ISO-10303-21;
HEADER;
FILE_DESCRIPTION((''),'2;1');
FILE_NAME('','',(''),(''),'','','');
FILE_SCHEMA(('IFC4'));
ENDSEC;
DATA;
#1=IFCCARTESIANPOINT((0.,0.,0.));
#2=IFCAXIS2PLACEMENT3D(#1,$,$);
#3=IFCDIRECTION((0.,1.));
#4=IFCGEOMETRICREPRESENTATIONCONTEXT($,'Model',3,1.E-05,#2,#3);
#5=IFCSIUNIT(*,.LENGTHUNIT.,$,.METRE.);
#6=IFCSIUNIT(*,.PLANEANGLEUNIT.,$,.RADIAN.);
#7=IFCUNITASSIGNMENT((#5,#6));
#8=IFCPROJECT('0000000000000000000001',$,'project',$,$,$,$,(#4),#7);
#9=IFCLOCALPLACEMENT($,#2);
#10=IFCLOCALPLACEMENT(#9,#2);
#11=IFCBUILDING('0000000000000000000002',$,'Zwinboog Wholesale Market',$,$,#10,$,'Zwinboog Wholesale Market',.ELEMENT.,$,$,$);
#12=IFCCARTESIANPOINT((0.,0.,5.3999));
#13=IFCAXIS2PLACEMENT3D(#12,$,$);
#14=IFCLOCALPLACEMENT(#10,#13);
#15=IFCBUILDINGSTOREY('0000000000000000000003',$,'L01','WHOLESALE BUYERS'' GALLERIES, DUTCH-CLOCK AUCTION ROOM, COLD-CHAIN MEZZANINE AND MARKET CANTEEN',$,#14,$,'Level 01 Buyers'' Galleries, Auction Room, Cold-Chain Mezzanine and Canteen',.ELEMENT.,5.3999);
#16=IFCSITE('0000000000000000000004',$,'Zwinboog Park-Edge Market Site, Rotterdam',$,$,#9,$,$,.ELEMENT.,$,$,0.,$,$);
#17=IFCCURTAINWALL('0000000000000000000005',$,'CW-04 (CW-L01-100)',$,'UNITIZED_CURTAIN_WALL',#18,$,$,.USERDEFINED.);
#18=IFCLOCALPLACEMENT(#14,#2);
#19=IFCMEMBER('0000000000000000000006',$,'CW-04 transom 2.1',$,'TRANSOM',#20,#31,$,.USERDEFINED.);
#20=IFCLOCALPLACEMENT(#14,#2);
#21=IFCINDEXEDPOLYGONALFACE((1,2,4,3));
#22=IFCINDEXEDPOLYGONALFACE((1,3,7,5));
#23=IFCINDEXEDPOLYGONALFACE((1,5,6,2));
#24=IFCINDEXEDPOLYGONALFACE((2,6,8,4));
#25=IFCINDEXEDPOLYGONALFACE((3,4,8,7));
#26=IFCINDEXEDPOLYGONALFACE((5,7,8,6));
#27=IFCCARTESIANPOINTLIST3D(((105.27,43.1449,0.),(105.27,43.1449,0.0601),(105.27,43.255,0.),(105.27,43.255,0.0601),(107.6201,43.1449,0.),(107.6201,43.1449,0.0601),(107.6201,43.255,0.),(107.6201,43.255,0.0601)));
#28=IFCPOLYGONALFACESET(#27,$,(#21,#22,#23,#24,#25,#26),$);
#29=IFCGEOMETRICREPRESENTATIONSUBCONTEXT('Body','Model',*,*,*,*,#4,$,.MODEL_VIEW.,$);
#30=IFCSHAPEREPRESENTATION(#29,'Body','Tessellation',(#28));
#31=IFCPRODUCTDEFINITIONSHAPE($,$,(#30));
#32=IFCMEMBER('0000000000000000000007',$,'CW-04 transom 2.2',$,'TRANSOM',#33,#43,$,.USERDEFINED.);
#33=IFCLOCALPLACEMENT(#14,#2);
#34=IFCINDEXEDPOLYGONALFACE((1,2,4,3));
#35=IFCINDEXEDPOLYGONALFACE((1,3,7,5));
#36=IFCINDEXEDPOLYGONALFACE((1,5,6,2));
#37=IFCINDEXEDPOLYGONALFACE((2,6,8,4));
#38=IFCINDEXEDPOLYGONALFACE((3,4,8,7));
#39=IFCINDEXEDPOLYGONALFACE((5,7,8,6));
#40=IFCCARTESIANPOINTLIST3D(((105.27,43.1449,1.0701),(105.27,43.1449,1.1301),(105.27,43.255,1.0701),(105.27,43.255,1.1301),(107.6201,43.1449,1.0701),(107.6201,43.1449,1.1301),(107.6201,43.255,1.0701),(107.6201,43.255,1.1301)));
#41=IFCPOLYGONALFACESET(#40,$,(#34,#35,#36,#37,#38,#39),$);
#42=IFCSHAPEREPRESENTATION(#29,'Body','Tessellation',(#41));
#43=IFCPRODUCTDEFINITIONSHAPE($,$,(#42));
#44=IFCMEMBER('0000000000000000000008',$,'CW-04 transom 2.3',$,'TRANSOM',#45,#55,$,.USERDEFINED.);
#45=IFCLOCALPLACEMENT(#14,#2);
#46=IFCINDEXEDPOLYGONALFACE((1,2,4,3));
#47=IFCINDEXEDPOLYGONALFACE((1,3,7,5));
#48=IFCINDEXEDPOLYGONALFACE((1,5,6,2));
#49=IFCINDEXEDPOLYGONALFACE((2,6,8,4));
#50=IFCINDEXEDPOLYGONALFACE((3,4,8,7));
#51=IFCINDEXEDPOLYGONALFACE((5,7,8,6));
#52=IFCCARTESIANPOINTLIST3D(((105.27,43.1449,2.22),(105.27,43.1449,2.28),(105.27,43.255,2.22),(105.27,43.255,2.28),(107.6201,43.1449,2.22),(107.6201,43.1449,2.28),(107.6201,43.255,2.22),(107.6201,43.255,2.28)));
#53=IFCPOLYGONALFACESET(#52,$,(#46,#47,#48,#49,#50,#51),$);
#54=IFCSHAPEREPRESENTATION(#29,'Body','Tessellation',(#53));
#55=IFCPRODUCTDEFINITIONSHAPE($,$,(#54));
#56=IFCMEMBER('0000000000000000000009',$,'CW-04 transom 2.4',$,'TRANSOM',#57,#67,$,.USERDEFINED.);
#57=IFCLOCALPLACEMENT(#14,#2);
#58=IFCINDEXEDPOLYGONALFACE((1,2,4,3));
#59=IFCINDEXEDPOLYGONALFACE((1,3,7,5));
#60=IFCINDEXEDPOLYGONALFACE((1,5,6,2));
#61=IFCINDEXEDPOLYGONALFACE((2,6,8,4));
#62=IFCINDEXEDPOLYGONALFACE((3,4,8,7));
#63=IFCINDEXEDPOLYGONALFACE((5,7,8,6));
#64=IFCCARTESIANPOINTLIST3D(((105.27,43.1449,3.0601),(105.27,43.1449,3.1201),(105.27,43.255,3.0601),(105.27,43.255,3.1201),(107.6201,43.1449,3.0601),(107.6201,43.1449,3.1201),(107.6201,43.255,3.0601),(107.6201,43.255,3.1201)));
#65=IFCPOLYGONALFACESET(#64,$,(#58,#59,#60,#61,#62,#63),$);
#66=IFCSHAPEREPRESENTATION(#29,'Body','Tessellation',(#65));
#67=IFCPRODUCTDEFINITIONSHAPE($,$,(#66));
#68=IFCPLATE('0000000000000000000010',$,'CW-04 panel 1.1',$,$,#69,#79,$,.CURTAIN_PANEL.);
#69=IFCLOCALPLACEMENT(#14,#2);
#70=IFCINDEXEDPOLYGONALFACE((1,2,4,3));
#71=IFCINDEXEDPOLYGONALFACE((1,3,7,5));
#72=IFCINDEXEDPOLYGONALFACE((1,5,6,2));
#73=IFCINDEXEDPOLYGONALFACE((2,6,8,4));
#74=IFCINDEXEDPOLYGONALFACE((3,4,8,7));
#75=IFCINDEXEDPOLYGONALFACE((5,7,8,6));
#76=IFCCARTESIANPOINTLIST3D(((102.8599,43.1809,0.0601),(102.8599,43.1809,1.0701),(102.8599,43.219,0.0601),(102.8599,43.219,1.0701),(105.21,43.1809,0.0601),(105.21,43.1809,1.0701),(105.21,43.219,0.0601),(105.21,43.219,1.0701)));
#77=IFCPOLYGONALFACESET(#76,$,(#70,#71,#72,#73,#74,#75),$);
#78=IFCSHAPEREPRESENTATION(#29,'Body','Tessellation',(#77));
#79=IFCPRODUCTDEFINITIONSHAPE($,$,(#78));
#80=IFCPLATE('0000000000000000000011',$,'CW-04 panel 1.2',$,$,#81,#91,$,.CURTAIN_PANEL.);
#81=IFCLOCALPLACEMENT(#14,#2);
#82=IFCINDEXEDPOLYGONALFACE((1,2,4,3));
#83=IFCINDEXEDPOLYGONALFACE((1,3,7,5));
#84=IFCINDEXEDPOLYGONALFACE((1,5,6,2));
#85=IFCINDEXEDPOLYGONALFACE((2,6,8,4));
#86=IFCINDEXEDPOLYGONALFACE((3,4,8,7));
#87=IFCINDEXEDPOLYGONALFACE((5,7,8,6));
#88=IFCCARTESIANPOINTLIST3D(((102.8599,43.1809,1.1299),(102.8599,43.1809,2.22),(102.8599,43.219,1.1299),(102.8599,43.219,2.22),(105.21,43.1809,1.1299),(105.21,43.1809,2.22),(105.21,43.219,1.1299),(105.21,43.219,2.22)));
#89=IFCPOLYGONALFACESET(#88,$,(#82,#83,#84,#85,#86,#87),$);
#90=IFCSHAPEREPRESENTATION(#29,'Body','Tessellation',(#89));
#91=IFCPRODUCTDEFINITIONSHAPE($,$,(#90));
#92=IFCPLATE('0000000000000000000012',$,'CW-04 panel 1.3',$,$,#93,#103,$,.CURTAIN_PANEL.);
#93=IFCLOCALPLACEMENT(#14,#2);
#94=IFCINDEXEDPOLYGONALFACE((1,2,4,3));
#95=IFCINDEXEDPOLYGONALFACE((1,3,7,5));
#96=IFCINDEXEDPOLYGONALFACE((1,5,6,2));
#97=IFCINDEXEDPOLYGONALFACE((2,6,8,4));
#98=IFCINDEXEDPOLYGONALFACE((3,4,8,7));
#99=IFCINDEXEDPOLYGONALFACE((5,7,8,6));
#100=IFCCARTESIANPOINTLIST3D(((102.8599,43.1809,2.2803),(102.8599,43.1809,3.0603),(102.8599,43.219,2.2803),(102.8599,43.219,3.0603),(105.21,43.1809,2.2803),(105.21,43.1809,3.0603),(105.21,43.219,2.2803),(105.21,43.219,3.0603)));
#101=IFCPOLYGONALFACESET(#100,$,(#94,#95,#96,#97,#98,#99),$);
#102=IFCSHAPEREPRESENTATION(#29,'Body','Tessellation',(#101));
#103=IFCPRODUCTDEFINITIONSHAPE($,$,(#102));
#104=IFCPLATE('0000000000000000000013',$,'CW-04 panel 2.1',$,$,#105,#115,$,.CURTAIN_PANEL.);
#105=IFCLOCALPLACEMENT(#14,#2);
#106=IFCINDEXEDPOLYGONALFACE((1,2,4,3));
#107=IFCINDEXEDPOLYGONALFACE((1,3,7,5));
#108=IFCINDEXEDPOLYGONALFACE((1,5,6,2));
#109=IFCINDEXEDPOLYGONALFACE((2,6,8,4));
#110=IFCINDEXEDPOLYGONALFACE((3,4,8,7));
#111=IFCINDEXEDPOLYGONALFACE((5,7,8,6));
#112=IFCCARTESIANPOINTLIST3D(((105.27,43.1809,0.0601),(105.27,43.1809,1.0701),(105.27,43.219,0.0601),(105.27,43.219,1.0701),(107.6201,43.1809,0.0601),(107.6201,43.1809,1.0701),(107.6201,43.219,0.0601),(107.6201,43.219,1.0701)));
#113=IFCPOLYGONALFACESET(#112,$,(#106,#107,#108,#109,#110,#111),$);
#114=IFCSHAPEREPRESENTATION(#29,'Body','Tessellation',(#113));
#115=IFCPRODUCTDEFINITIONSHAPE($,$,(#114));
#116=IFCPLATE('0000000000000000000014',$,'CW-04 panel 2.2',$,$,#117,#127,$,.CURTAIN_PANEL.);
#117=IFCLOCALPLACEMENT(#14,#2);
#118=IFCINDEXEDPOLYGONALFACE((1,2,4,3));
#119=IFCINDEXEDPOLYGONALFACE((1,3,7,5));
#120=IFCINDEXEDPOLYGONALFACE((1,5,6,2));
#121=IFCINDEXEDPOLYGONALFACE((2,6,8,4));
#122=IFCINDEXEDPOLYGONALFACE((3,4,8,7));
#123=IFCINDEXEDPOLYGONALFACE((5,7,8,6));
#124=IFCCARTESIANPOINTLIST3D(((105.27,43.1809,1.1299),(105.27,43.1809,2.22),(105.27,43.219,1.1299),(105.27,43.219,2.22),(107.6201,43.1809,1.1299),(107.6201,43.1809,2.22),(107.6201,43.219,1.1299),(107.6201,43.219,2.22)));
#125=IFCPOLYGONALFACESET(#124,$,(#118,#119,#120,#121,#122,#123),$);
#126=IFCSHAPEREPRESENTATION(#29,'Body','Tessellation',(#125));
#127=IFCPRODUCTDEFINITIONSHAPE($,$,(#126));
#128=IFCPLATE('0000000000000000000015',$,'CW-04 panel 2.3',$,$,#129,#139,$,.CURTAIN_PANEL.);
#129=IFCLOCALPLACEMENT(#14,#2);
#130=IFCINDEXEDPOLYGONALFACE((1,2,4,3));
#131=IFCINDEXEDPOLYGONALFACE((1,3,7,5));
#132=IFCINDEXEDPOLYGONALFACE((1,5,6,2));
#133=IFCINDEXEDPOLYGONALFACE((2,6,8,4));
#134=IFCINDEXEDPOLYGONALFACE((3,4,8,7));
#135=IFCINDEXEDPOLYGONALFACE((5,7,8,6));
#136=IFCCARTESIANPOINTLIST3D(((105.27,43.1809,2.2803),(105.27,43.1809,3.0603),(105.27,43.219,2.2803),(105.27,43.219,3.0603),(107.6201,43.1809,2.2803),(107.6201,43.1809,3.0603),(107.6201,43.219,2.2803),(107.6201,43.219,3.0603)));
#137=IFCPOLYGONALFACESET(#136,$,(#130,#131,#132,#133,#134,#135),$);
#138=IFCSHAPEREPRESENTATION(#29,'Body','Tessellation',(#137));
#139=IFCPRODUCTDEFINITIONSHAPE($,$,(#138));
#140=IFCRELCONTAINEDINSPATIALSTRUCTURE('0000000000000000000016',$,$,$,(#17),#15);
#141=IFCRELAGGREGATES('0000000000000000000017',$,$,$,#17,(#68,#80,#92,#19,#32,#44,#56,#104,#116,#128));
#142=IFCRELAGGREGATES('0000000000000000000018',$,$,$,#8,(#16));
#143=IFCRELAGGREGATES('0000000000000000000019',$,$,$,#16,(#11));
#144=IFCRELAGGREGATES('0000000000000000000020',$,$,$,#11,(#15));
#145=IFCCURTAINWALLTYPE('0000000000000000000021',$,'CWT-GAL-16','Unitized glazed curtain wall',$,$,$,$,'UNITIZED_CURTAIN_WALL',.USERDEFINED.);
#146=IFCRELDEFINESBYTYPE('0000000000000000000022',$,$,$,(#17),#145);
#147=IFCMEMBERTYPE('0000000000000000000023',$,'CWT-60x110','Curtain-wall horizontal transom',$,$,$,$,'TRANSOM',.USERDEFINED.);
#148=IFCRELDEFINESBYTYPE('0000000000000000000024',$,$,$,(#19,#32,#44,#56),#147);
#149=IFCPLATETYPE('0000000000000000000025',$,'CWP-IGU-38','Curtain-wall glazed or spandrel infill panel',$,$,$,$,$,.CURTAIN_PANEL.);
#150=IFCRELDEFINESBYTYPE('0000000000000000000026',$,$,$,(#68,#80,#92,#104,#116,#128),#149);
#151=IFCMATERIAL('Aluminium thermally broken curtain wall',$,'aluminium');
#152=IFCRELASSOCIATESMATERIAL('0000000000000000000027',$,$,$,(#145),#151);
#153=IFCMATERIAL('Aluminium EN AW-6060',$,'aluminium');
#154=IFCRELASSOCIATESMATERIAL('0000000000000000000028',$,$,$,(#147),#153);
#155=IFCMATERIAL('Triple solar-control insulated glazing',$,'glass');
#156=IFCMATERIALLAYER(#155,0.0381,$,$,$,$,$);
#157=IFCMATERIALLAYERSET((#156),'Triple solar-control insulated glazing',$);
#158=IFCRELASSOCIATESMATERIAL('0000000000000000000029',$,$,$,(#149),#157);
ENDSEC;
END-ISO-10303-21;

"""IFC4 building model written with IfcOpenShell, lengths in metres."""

from ifc_helpers import new_model, si_unit, direction, frame, origin, origin_2d, place, context, subcontext, project, spatial, rectangle, extrude, material, layer, layer_set, material_profile, profile_set, type_object, element, aggregate, save


model = new_model("IFC4")

# Units and contexts
model_context = context("Model", 3, precision=1e-05, world=origin(), true_north=direction((0.0, 1.0)))
body_context = subcontext(model_context, "Body", "Model", "MODEL_VIEW")
ifc_project = project(units=[si_unit("LENGTHUNIT", "METRE"), si_unit("PLANEANGLEUNIT", "RADIAN")], contexts=[model_context])

# Site, building, storey
site_placement = place(None, origin())
site = spatial("IfcSite", under=ifc_project, at=site_placement, Name="Zwinboog Park-Edge Market Site, Rotterdam", CompositionType="ELEMENT", RefElevation=0.0)
building_placement = place(site_placement, origin())
building = spatial("IfcBuilding", under=site, at=building_placement, Name="Zwinboog Wholesale Market", LongName="Zwinboog Wholesale Market", CompositionType="ELEMENT")
storey_placement = place(building_placement, frame((0.0, 0.0, 5.3999)))
storey = spatial("IfcBuildingStorey", under=building, at=storey_placement, Name="L01", Description="WHOLESALE BUYERS' GALLERIES, DUTCH-CLOCK AUCTION ROOM, COLD-CHAIN MEZZANINE AND MARKET CANTEEN", LongName="Level 01 Buyers' Galleries, Auction Room, Cold-Chain Mezzanine and Canteen", CompositionType="ELEMENT", Elevation=5.3999)

# Shared definitions
ifc_material_1 = material(Name="Aluminium thermally broken curtain wall", Category="aluminium")
ifc_material_2 = material(Name="Aluminium EN AW-6060", Category="aluminium")

# Curtain wall, members, plates
curtain_wall_type_1 = type_object("IfcCurtainWallType", Name="CWT-GAL-16", Description="Unitized glazed curtain wall", ElementType="UNITIZED_CURTAIN_WALL", PredefinedType="USERDEFINED", material=ifc_material_1)
curtain_wall_1_placement = place(storey_placement, origin())
curtain_wall_1 = element("IfcCurtainWall", 1, at=curtain_wall_1_placement, inside=storey, type_object=curtain_wall_type_1, Name="CW-04 (CW-L01-100)", ObjectType="UNITIZED_CURTAIN_WALL", PredefinedType="USERDEFINED")
ifc_material_profile_1 = material_profile(ifc_material_2, rectangle(XDim=0.1101, YDim=0.0601, at=origin_2d()), Name="AL 60x110")
ifc_profile_set_1 = profile_set([ifc_material_profile_1], Name="Aluminium EN AW-6060")
member_type_1 = type_object("IfcMemberType", Name="CWT-60x110", Description="Curtain-wall horizontal transom", ElementType="TRANSOM", PredefinedType="USERDEFINED", material=ifc_profile_set_1)
member_1_placement = place(storey_placement, frame((105.27, 43.2, 0.03), z_axis=(1.0, 0.0, 0.0), x_axis=(0.0, 1.0, 0.0)))
member_1 = element("IfcMember", 2, at=member_1_placement, type_object=member_type_1, Name="CW-04 transom 2.1", ObjectType="TRANSOM", PredefinedType="USERDEFINED", context=body_context, shape_type="SweptSolid", body=[
    extrude(rectangle(XDim=0.1101, YDim=0.0601, at=origin_2d()), origin(), (0.0, 0.0, 1.0), 2.3501),
])
member_2_placement = place(storey_placement, frame((105.27, 43.2, 1.1001), z_axis=(1.0, 0.0, 0.0), x_axis=(0.0, 1.0, 0.0)))
member_2 = element("IfcMember", 3, at=member_2_placement, type_object=member_type_1, Name="CW-04 transom 2.2", ObjectType="TRANSOM", PredefinedType="USERDEFINED", context=body_context, shape_type="SweptSolid", body=[
    extrude(rectangle(XDim=0.1101, YDim=0.0601, at=origin_2d()), origin(), (0.0, 0.0, 1.0), 2.3501),
])
member_3_placement = place(storey_placement, frame((105.27, 43.2, 2.25), z_axis=(1.0, 0.0, 0.0), x_axis=(0.0, 1.0, 0.0)))
member_3 = element("IfcMember", 4, at=member_3_placement, type_object=member_type_1, Name="CW-04 transom 2.3", ObjectType="TRANSOM", PredefinedType="USERDEFINED", context=body_context, shape_type="SweptSolid", body=[
    extrude(rectangle(XDim=0.1101, YDim=0.0601, at=origin_2d()), origin(), (0.0, 0.0, 1.0), 2.3501),
])
member_4_placement = place(storey_placement, frame((105.27, 43.2, 3.0901), z_axis=(1.0, 0.0, 0.0), x_axis=(0.0, 1.0, 0.0)))
member_4 = element("IfcMember", 5, at=member_4_placement, type_object=member_type_1, Name="CW-04 transom 2.4", ObjectType="TRANSOM", PredefinedType="USERDEFINED", context=body_context, shape_type="SweptSolid", body=[
    extrude(rectangle(XDim=0.1101, YDim=0.0601, at=origin_2d()), origin(), (0.0, 0.0, 1.0), 2.3501),
])
ifc_material_3 = material(Name="Triple solar-control insulated glazing", Category="glass")
ifc_layer = layer(ifc_material_3, 0.0381)
ifc_layer_set = layer_set([ifc_layer], Name="Triple solar-control insulated glazing")
plate_type = type_object("IfcPlateType", Name="CWP-IGU-38", Description="Curtain-wall glazed or spandrel infill panel", PredefinedType="CURTAIN_PANEL", material=ifc_layer_set)
plate_1_placement = place(storey_placement, frame((104.0349, 43.2, 0.0601), z_axis=(0.0, 0.0, 1.0), x_axis=(1.0, 0.0, 0.0)))
plate_1 = element("IfcPlate", 6, at=plate_1_placement, type_object=plate_type, Name="CW-04 panel 1.1", PredefinedType="CURTAIN_PANEL", context=body_context, shape_type="SweptSolid", body=[
    extrude(rectangle(XDim=2.3501, YDim=0.0381, at=origin_2d()), origin(), (0.0, 0.0, 1.0), 1.01),
])
plate_2_placement = place(storey_placement, frame((104.0349, 43.2, 1.1299), z_axis=(0.0, 0.0, 1.0), x_axis=(1.0, 0.0, 0.0)))
plate_2 = element("IfcPlate", 7, at=plate_2_placement, type_object=plate_type, Name="CW-04 panel 1.2", PredefinedType="CURTAIN_PANEL", context=body_context, shape_type="SweptSolid", body=[
    extrude(rectangle(XDim=2.3501, YDim=0.0381, at=origin_2d()), origin(), (0.0, 0.0, 1.0), 1.0901),
])
plate_3_placement = place(storey_placement, frame((104.0349, 43.2, 2.2803), z_axis=(0.0, 0.0, 1.0), x_axis=(1.0, 0.0, 0.0)))
plate_3 = element("IfcPlate", 8, at=plate_3_placement, type_object=plate_type, Name="CW-04 panel 1.3", PredefinedType="CURTAIN_PANEL", context=body_context, shape_type="SweptSolid", body=[
    extrude(rectangle(XDim=2.3501, YDim=0.0381, at=origin_2d()), origin(), (0.0, 0.0, 1.0), 0.78),
])
plate_4_placement = place(storey_placement, frame((106.4451, 43.2, 0.0601), z_axis=(0.0, 0.0, 1.0), x_axis=(1.0, 0.0, 0.0)))
plate_4 = element("IfcPlate", 9, at=plate_4_placement, type_object=plate_type, Name="CW-04 panel 2.1", PredefinedType="CURTAIN_PANEL", context=body_context, shape_type="SweptSolid", body=[
    extrude(rectangle(XDim=2.3501, YDim=0.0381, at=origin_2d()), origin(), (0.0, 0.0, 1.0), 1.01),
])
plate_5_placement = place(storey_placement, frame((106.4451, 43.2, 1.1299), z_axis=(0.0, 0.0, 1.0), x_axis=(1.0, 0.0, 0.0)))
plate_5 = element("IfcPlate", 10, at=plate_5_placement, type_object=plate_type, Name="CW-04 panel 2.2", PredefinedType="CURTAIN_PANEL", context=body_context, shape_type="SweptSolid", body=[
    extrude(rectangle(XDim=2.3501, YDim=0.0381, at=origin_2d()), origin(), (0.0, 0.0, 1.0), 1.0901),
])
plate_6_placement = place(storey_placement, frame((106.4451, 43.2, 2.2803), z_axis=(0.0, 0.0, 1.0), x_axis=(1.0, 0.0, 0.0)))
plate_6 = element("IfcPlate", 11, at=plate_6_placement, type_object=plate_type, Name="CW-04 panel 2.3", PredefinedType="CURTAIN_PANEL", context=body_context, shape_type="SweptSolid", body=[
    extrude(rectangle(XDim=2.3501, YDim=0.0381, at=origin_2d()), origin(), (0.0, 0.0, 1.0), 0.78),
])
aggregate(curtain_wall_1, [plate_1, plate_2, plate_3, member_1, member_2, member_3, member_4, plate_4, plate_5, plate_6])

save(model, "model.ifc")
